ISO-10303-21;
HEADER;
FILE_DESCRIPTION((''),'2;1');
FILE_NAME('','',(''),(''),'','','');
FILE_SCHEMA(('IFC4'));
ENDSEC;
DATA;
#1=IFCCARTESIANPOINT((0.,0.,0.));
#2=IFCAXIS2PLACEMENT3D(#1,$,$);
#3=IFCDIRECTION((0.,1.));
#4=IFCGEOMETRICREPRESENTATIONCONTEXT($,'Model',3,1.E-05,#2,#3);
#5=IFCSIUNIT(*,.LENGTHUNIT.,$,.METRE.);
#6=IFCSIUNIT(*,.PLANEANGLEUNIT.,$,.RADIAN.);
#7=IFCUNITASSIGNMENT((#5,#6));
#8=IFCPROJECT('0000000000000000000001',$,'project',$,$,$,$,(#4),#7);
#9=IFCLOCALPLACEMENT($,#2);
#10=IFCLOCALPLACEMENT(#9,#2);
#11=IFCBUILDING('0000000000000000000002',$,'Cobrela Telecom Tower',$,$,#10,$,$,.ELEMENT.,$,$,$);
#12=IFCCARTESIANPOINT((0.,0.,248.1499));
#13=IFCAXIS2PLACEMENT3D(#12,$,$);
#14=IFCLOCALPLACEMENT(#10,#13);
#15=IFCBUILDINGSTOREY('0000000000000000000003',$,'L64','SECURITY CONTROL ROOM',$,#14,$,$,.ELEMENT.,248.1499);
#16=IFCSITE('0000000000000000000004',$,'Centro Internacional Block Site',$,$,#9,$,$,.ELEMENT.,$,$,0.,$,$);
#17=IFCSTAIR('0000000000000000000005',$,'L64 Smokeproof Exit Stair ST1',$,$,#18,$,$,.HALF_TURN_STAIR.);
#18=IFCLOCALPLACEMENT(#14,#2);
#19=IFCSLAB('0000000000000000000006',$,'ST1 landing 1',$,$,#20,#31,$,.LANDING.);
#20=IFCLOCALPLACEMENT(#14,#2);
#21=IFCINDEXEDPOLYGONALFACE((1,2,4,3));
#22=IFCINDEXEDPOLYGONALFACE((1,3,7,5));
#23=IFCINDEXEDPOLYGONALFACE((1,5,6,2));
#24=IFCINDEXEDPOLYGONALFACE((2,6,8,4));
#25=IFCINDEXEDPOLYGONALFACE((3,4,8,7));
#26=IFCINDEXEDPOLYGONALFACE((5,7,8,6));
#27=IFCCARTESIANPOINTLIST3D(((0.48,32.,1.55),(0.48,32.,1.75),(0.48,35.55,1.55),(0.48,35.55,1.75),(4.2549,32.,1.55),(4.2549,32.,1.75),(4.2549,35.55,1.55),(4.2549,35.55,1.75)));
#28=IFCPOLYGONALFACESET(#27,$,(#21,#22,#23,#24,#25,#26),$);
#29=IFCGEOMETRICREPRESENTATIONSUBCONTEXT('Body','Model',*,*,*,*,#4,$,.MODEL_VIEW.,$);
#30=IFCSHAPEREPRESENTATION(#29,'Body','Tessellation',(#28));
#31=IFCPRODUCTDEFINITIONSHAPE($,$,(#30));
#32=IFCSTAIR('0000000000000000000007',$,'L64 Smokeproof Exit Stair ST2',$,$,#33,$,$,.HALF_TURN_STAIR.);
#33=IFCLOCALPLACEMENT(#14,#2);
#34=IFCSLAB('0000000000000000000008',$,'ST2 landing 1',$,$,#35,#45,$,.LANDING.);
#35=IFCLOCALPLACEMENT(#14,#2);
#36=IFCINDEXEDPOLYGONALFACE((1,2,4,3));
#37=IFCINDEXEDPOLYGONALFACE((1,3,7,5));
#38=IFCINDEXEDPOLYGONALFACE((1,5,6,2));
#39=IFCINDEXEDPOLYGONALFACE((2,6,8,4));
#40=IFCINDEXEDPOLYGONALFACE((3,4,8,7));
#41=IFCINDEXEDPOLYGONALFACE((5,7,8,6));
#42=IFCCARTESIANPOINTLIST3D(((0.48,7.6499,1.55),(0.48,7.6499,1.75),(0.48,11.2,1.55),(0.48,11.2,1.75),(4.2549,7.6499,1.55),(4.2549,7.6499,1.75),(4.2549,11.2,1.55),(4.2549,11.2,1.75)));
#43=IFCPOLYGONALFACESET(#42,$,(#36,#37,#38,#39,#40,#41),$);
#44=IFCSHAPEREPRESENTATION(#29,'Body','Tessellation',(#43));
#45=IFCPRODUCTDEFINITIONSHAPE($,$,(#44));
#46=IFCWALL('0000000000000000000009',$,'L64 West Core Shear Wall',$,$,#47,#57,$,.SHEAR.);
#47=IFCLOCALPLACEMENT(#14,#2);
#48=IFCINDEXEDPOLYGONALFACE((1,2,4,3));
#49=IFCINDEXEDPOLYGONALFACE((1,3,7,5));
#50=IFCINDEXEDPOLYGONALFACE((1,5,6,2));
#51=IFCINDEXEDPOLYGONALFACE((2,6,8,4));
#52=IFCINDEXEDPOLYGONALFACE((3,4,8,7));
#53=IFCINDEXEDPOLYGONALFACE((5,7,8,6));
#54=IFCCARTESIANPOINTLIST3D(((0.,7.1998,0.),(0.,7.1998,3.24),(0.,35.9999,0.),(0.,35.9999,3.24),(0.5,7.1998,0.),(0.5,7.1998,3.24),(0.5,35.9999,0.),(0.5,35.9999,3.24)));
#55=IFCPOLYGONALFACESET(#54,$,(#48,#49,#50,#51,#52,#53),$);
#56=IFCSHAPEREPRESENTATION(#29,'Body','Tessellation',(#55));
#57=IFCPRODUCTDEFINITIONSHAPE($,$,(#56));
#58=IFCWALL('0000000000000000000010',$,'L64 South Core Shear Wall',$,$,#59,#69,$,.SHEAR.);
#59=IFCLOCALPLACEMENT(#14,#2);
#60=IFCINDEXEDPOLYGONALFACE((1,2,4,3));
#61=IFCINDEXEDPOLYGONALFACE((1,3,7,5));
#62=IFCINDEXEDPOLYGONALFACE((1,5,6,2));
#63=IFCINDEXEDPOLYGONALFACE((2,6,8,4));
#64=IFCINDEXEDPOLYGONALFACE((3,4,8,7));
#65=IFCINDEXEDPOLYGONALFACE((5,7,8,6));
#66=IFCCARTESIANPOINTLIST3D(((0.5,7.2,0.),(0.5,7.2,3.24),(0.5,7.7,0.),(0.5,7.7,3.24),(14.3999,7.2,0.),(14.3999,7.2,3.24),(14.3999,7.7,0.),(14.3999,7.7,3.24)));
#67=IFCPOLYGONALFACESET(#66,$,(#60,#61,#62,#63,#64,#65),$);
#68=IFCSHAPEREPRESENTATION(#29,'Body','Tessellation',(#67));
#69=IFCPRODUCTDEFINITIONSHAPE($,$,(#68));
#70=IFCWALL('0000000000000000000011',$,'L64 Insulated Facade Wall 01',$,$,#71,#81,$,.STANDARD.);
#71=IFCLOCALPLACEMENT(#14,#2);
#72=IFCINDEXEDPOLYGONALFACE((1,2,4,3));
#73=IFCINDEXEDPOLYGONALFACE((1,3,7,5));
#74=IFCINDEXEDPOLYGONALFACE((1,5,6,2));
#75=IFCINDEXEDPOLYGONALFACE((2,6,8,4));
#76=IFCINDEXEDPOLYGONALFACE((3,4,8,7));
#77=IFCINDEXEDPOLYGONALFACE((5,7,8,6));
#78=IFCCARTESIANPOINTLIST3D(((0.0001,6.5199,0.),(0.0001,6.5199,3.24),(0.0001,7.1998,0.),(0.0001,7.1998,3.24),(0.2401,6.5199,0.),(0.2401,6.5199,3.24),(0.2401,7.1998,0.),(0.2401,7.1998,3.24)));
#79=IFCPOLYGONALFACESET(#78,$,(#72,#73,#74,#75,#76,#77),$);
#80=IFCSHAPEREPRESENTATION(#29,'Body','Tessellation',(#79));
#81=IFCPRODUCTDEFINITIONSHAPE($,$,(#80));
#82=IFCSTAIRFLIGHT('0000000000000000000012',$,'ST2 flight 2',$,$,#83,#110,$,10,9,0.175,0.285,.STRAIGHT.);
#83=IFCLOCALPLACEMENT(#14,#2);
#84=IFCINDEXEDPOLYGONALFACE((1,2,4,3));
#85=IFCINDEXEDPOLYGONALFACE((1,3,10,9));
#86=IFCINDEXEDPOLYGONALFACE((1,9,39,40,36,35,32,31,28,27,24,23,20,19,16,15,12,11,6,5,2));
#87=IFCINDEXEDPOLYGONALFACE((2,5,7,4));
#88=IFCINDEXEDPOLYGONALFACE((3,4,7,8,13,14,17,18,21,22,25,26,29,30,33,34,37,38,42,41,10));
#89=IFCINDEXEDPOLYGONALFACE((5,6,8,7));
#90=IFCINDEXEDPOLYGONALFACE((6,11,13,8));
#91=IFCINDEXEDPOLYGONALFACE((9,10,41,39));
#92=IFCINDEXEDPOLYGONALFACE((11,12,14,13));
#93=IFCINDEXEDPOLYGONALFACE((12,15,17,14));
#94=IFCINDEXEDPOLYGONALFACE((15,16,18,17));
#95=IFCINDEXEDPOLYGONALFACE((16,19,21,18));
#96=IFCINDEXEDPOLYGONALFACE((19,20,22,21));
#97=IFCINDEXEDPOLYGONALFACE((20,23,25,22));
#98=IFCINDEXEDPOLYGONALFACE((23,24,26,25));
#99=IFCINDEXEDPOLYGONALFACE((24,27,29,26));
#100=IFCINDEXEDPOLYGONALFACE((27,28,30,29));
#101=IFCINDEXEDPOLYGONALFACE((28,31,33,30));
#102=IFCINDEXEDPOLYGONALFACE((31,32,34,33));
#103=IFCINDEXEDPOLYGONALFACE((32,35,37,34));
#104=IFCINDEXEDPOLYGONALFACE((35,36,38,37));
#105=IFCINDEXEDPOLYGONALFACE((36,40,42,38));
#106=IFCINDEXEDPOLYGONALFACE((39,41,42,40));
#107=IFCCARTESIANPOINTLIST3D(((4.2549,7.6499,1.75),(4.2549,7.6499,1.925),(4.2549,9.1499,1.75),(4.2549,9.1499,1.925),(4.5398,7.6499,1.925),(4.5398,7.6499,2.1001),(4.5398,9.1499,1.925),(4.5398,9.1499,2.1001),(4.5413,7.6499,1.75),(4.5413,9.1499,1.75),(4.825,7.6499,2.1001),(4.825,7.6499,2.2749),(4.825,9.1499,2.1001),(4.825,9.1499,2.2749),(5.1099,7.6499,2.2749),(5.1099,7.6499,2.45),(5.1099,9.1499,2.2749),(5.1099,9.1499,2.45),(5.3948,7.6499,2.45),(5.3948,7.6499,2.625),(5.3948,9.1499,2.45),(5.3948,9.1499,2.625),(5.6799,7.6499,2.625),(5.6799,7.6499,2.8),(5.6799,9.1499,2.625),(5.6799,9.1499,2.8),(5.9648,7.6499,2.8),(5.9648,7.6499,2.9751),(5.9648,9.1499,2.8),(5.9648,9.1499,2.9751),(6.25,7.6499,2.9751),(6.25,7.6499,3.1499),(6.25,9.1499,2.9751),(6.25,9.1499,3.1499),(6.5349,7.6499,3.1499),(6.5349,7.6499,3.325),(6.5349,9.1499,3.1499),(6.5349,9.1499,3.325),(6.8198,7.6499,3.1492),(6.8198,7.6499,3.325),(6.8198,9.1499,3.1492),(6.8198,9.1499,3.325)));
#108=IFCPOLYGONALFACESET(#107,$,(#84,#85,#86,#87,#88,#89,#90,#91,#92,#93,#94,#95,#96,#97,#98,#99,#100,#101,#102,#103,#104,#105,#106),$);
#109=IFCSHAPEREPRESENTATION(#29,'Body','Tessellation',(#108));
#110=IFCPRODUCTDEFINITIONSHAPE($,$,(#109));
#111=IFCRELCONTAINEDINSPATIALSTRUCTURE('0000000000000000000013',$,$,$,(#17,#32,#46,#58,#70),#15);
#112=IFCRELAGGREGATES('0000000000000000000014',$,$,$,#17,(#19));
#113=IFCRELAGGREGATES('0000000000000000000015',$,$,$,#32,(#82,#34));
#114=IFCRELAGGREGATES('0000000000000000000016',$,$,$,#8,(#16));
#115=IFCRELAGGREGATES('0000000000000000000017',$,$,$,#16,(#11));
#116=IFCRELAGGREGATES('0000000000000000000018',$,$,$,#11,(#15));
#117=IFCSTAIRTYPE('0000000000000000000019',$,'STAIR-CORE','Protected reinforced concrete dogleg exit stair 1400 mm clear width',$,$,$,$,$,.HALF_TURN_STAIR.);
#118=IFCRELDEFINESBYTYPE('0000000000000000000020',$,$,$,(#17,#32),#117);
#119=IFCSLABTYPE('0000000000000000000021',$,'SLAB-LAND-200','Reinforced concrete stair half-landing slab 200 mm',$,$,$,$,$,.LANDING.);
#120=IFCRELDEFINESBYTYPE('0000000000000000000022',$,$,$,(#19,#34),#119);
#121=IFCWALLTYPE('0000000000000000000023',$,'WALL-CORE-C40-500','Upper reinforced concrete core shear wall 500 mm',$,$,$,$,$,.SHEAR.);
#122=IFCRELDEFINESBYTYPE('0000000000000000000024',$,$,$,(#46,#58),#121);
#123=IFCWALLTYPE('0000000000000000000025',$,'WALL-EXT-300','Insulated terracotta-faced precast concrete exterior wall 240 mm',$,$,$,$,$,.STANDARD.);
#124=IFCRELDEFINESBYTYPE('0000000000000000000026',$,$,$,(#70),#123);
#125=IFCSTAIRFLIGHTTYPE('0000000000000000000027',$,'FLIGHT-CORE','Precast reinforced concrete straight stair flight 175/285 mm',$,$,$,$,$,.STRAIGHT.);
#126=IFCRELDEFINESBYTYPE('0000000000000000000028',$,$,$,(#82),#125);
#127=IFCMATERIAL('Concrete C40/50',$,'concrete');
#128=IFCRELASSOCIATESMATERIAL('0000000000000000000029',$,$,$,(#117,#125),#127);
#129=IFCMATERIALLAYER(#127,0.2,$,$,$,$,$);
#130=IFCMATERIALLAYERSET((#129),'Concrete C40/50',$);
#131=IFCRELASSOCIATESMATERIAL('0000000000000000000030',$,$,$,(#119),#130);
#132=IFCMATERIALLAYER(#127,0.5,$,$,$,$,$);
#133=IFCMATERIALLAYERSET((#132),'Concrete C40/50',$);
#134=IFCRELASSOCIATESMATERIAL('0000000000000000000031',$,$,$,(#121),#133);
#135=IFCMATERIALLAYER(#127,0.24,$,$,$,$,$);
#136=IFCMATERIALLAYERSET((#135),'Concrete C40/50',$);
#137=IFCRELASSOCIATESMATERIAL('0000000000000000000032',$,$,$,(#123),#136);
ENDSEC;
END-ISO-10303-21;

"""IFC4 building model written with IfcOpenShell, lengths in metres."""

from ifc_helpers import new_model, si_unit, direction, frame, frame_2d, origin, place, context, subcontext, project, spatial, polyline, rectangle, outline, extrude, material, layer, layer_set, type_object, element, aggregate, save


model = new_model("IFC4")

# Units and contexts
model_context = context("Model", 3, precision=1e-05, world=origin(), true_north=direction((0.0, 1.0)))
body_context = subcontext(model_context, "Body", "Model", "MODEL_VIEW")
ifc_project = project(units=[si_unit("LENGTHUNIT", "METRE"), si_unit("PLANEANGLEUNIT", "RADIAN")], contexts=[model_context])

# Site, building, storey
site_placement = place(None, origin())
site = spatial("IfcSite", under=ifc_project, at=site_placement, Name="Centro Internacional Block Site", CompositionType="ELEMENT", RefElevation=0.0)
building_placement = place(site_placement, origin())
building = spatial("IfcBuilding", under=site, at=building_placement, Name="Cobrela Telecom Tower", CompositionType="ELEMENT")
storey_placement = place(building_placement, frame((0.0, 0.0, 248.1499)))
storey = spatial("IfcBuildingStorey", under=building, at=storey_placement, Name="L64", Description="SECURITY CONTROL ROOM", CompositionType="ELEMENT", Elevation=248.1499)

# Shared definitions
ifc_material_1 = material(Name="Concrete C40/50", Category="concrete")

# Stairs, slabs
stair_type = type_object("IfcStairType", Name="STAIR-CORE", Description="Protected reinforced concrete dogleg exit stair 1400 mm clear width", PredefinedType="HALF_TURN_STAIR", material=ifc_material_1)
stair_1_placement = place(storey_placement, origin())
stair_1 = element("IfcStair", 1, at=stair_1_placement, inside=storey, type_object=stair_type, Name="L64 Smokeproof Exit Stair ST1", PredefinedType="HALF_TURN_STAIR")
ifc_layer_1 = layer(ifc_material_1, 0.2)
ifc_layer_set_1 = layer_set([ifc_layer_1], Name="Concrete C40/50")
slab_type_1 = type_object("IfcSlabType", Name="SLAB-LAND-200", Description="Reinforced concrete stair half-landing slab 200 mm", PredefinedType="LANDING", material=ifc_layer_set_1)
slab_1_placement = place(storey_placement, frame((0.0, 0.0, 1.55)))
slab_1 = element("IfcSlab", 2, at=slab_1_placement, type_object=slab_type_1, Name="ST1 landing 1", PredefinedType="LANDING", context=body_context, shape_type="SweptSolid", body=[
    extrude(outline(polyline([(4.2549, 35.55), (0.48, 35.55), (0.48, 32.0), (4.2549, 32.0), (4.2549, 35.55)])), origin(), (0.0, 0.0, 1.0), 0.2),
])
aggregate(stair_1, [slab_1])
stair_2_placement = place(storey_placement, origin())
stair_2 = element("IfcStair", 3, at=stair_2_placement, inside=storey, type_object=stair_type, Name="L64 Smokeproof Exit Stair ST2", PredefinedType="HALF_TURN_STAIR")
slab_2_placement = place(storey_placement, frame((0.0, 0.0, 1.55)))
slab_2 = element("IfcSlab", 4, at=slab_2_placement, type_object=slab_type_1, Name="ST2 landing 1", PredefinedType="LANDING", context=body_context, shape_type="SweptSolid", body=[
    extrude(outline(polyline([(4.2549, 11.2), (0.48, 11.2), (0.48, 7.6499), (4.2549, 7.6499), (4.2549, 11.2)])), origin(), (0.0, 0.0, 1.0), 0.2),
])

# Walls
ifc_layer_2 = layer(ifc_material_1, 0.5)
ifc_layer_set_2 = layer_set([ifc_layer_2], Name="Concrete C40/50")
wall_type_1 = type_object("IfcWallType", Name="WALL-CORE-C40-500", Description="Upper reinforced concrete core shear wall 500 mm", PredefinedType="SHEAR", material=ifc_layer_set_2)
wall_1_placement = place(storey_placement, frame((0.25, 7.2, 0.0), z_axis=(0.0, 0.0, 1.0), x_axis=(0.0, 1.0, 0.0)))
element("IfcWall", 5, at=wall_1_placement, inside=storey, type_object=wall_type_1, Name="L64 West Core Shear Wall", PredefinedType="SHEAR", context=body_context, shape_type="SweptSolid", body=[
    extrude(rectangle(XDim=28.8, YDim=0.5, at=frame_2d((14.3999, 0.0))), origin(), (0.0, 0.0, 1.0), 3.24),
])
wall_2_placement = place(storey_placement, frame((0.5, 7.45, 0.0), z_axis=(0.0, 0.0, 1.0), x_axis=(1.0, 0.0, 0.0)))
element("IfcWall", 6, at=wall_2_placement, inside=storey, type_object=wall_type_1, Name="L64 South Core Shear Wall", PredefinedType="SHEAR", context=body_context, shape_type="SweptSolid", body=[
    extrude(rectangle(XDim=13.8999, YDim=0.5, at=frame_2d((6.95, 0.0))), origin(), (0.0, 0.0, 1.0), 3.24),
])
ifc_layer_3 = layer(ifc_material_1, 0.24)
ifc_layer_set_3 = layer_set([ifc_layer_3], Name="Concrete C40/50")
wall_type_2 = type_object("IfcWallType", Name="WALL-EXT-300", Description="Insulated terracotta-faced precast concrete exterior wall 240 mm", PredefinedType="STANDARD", material=ifc_layer_set_3)
wall_3_placement = place(storey_placement, frame((0.1201, 6.52, 0.0), z_axis=(0.0, 0.0, 1.0), x_axis=(0.0, 1.0, 0.0)))
element("IfcWall", 7, at=wall_3_placement, inside=storey, type_object=wall_type_2, Name="L64 Insulated Facade Wall 01", PredefinedType="STANDARD", context=body_context, shape_type="SweptSolid", body=[
    extrude(rectangle(XDim=0.6799, YDim=0.24, at=frame_2d((0.3398, 0.0))), origin(), (0.0, 0.0, 1.0), 3.24),
])

# Stair flight
stair_flight_type = type_object("IfcStairFlightType", Name="FLIGHT-CORE", Description="Precast reinforced concrete straight stair flight 175/285 mm", PredefinedType="STRAIGHT", material=ifc_material_1)
stair_flight_placement = place(storey_placement, frame((4.2549, 8.3999, 1.75), z_axis=(0.0, 0.0, 1.0), x_axis=(1.0, 0.0, 0.0)))
stair_flight = element("IfcStairFlight", 8, at=stair_flight_placement, type_object=stair_flight_type, Name="ST2 flight 2", NumberOfRisers=10, NumberOfTreads=9, PredefinedType="STRAIGHT", RiserHeight=0.175, TreadLength=0.285, context=body_context, shape_type="SweptSolid", body=[
    extrude(outline(polyline([(0.0, 0.0), (0.0, 0.175), (0.2849, 0.175), (0.2849, 0.3501), (0.5701, 0.3501), (0.5701, 0.5249), (0.855, 0.5249), (0.855, 0.7), (1.1399, 0.7), (1.1399, 0.875), (1.425, 0.875), (1.425, 1.05), (1.71, 1.05), (1.71, 1.2251), (1.9951, 1.2251), (1.9951, 1.3999), (2.28, 1.3999), (2.28, 1.575), (2.5649, 1.575), (2.5649, 1.75), (2.5649, 1.3992), (0.2864, 0.0), (0.0, 0.0)])), frame((0.0, 0.75, 0.0), z_axis=(0.0, -1.0, 0.0), x_axis=(1.0, 0.0, 0.0)), (0.0, 0.0, 1.0), 1.5),
])
aggregate(stair_2, [stair_flight, slab_2])

save(model, "model.ifc")
